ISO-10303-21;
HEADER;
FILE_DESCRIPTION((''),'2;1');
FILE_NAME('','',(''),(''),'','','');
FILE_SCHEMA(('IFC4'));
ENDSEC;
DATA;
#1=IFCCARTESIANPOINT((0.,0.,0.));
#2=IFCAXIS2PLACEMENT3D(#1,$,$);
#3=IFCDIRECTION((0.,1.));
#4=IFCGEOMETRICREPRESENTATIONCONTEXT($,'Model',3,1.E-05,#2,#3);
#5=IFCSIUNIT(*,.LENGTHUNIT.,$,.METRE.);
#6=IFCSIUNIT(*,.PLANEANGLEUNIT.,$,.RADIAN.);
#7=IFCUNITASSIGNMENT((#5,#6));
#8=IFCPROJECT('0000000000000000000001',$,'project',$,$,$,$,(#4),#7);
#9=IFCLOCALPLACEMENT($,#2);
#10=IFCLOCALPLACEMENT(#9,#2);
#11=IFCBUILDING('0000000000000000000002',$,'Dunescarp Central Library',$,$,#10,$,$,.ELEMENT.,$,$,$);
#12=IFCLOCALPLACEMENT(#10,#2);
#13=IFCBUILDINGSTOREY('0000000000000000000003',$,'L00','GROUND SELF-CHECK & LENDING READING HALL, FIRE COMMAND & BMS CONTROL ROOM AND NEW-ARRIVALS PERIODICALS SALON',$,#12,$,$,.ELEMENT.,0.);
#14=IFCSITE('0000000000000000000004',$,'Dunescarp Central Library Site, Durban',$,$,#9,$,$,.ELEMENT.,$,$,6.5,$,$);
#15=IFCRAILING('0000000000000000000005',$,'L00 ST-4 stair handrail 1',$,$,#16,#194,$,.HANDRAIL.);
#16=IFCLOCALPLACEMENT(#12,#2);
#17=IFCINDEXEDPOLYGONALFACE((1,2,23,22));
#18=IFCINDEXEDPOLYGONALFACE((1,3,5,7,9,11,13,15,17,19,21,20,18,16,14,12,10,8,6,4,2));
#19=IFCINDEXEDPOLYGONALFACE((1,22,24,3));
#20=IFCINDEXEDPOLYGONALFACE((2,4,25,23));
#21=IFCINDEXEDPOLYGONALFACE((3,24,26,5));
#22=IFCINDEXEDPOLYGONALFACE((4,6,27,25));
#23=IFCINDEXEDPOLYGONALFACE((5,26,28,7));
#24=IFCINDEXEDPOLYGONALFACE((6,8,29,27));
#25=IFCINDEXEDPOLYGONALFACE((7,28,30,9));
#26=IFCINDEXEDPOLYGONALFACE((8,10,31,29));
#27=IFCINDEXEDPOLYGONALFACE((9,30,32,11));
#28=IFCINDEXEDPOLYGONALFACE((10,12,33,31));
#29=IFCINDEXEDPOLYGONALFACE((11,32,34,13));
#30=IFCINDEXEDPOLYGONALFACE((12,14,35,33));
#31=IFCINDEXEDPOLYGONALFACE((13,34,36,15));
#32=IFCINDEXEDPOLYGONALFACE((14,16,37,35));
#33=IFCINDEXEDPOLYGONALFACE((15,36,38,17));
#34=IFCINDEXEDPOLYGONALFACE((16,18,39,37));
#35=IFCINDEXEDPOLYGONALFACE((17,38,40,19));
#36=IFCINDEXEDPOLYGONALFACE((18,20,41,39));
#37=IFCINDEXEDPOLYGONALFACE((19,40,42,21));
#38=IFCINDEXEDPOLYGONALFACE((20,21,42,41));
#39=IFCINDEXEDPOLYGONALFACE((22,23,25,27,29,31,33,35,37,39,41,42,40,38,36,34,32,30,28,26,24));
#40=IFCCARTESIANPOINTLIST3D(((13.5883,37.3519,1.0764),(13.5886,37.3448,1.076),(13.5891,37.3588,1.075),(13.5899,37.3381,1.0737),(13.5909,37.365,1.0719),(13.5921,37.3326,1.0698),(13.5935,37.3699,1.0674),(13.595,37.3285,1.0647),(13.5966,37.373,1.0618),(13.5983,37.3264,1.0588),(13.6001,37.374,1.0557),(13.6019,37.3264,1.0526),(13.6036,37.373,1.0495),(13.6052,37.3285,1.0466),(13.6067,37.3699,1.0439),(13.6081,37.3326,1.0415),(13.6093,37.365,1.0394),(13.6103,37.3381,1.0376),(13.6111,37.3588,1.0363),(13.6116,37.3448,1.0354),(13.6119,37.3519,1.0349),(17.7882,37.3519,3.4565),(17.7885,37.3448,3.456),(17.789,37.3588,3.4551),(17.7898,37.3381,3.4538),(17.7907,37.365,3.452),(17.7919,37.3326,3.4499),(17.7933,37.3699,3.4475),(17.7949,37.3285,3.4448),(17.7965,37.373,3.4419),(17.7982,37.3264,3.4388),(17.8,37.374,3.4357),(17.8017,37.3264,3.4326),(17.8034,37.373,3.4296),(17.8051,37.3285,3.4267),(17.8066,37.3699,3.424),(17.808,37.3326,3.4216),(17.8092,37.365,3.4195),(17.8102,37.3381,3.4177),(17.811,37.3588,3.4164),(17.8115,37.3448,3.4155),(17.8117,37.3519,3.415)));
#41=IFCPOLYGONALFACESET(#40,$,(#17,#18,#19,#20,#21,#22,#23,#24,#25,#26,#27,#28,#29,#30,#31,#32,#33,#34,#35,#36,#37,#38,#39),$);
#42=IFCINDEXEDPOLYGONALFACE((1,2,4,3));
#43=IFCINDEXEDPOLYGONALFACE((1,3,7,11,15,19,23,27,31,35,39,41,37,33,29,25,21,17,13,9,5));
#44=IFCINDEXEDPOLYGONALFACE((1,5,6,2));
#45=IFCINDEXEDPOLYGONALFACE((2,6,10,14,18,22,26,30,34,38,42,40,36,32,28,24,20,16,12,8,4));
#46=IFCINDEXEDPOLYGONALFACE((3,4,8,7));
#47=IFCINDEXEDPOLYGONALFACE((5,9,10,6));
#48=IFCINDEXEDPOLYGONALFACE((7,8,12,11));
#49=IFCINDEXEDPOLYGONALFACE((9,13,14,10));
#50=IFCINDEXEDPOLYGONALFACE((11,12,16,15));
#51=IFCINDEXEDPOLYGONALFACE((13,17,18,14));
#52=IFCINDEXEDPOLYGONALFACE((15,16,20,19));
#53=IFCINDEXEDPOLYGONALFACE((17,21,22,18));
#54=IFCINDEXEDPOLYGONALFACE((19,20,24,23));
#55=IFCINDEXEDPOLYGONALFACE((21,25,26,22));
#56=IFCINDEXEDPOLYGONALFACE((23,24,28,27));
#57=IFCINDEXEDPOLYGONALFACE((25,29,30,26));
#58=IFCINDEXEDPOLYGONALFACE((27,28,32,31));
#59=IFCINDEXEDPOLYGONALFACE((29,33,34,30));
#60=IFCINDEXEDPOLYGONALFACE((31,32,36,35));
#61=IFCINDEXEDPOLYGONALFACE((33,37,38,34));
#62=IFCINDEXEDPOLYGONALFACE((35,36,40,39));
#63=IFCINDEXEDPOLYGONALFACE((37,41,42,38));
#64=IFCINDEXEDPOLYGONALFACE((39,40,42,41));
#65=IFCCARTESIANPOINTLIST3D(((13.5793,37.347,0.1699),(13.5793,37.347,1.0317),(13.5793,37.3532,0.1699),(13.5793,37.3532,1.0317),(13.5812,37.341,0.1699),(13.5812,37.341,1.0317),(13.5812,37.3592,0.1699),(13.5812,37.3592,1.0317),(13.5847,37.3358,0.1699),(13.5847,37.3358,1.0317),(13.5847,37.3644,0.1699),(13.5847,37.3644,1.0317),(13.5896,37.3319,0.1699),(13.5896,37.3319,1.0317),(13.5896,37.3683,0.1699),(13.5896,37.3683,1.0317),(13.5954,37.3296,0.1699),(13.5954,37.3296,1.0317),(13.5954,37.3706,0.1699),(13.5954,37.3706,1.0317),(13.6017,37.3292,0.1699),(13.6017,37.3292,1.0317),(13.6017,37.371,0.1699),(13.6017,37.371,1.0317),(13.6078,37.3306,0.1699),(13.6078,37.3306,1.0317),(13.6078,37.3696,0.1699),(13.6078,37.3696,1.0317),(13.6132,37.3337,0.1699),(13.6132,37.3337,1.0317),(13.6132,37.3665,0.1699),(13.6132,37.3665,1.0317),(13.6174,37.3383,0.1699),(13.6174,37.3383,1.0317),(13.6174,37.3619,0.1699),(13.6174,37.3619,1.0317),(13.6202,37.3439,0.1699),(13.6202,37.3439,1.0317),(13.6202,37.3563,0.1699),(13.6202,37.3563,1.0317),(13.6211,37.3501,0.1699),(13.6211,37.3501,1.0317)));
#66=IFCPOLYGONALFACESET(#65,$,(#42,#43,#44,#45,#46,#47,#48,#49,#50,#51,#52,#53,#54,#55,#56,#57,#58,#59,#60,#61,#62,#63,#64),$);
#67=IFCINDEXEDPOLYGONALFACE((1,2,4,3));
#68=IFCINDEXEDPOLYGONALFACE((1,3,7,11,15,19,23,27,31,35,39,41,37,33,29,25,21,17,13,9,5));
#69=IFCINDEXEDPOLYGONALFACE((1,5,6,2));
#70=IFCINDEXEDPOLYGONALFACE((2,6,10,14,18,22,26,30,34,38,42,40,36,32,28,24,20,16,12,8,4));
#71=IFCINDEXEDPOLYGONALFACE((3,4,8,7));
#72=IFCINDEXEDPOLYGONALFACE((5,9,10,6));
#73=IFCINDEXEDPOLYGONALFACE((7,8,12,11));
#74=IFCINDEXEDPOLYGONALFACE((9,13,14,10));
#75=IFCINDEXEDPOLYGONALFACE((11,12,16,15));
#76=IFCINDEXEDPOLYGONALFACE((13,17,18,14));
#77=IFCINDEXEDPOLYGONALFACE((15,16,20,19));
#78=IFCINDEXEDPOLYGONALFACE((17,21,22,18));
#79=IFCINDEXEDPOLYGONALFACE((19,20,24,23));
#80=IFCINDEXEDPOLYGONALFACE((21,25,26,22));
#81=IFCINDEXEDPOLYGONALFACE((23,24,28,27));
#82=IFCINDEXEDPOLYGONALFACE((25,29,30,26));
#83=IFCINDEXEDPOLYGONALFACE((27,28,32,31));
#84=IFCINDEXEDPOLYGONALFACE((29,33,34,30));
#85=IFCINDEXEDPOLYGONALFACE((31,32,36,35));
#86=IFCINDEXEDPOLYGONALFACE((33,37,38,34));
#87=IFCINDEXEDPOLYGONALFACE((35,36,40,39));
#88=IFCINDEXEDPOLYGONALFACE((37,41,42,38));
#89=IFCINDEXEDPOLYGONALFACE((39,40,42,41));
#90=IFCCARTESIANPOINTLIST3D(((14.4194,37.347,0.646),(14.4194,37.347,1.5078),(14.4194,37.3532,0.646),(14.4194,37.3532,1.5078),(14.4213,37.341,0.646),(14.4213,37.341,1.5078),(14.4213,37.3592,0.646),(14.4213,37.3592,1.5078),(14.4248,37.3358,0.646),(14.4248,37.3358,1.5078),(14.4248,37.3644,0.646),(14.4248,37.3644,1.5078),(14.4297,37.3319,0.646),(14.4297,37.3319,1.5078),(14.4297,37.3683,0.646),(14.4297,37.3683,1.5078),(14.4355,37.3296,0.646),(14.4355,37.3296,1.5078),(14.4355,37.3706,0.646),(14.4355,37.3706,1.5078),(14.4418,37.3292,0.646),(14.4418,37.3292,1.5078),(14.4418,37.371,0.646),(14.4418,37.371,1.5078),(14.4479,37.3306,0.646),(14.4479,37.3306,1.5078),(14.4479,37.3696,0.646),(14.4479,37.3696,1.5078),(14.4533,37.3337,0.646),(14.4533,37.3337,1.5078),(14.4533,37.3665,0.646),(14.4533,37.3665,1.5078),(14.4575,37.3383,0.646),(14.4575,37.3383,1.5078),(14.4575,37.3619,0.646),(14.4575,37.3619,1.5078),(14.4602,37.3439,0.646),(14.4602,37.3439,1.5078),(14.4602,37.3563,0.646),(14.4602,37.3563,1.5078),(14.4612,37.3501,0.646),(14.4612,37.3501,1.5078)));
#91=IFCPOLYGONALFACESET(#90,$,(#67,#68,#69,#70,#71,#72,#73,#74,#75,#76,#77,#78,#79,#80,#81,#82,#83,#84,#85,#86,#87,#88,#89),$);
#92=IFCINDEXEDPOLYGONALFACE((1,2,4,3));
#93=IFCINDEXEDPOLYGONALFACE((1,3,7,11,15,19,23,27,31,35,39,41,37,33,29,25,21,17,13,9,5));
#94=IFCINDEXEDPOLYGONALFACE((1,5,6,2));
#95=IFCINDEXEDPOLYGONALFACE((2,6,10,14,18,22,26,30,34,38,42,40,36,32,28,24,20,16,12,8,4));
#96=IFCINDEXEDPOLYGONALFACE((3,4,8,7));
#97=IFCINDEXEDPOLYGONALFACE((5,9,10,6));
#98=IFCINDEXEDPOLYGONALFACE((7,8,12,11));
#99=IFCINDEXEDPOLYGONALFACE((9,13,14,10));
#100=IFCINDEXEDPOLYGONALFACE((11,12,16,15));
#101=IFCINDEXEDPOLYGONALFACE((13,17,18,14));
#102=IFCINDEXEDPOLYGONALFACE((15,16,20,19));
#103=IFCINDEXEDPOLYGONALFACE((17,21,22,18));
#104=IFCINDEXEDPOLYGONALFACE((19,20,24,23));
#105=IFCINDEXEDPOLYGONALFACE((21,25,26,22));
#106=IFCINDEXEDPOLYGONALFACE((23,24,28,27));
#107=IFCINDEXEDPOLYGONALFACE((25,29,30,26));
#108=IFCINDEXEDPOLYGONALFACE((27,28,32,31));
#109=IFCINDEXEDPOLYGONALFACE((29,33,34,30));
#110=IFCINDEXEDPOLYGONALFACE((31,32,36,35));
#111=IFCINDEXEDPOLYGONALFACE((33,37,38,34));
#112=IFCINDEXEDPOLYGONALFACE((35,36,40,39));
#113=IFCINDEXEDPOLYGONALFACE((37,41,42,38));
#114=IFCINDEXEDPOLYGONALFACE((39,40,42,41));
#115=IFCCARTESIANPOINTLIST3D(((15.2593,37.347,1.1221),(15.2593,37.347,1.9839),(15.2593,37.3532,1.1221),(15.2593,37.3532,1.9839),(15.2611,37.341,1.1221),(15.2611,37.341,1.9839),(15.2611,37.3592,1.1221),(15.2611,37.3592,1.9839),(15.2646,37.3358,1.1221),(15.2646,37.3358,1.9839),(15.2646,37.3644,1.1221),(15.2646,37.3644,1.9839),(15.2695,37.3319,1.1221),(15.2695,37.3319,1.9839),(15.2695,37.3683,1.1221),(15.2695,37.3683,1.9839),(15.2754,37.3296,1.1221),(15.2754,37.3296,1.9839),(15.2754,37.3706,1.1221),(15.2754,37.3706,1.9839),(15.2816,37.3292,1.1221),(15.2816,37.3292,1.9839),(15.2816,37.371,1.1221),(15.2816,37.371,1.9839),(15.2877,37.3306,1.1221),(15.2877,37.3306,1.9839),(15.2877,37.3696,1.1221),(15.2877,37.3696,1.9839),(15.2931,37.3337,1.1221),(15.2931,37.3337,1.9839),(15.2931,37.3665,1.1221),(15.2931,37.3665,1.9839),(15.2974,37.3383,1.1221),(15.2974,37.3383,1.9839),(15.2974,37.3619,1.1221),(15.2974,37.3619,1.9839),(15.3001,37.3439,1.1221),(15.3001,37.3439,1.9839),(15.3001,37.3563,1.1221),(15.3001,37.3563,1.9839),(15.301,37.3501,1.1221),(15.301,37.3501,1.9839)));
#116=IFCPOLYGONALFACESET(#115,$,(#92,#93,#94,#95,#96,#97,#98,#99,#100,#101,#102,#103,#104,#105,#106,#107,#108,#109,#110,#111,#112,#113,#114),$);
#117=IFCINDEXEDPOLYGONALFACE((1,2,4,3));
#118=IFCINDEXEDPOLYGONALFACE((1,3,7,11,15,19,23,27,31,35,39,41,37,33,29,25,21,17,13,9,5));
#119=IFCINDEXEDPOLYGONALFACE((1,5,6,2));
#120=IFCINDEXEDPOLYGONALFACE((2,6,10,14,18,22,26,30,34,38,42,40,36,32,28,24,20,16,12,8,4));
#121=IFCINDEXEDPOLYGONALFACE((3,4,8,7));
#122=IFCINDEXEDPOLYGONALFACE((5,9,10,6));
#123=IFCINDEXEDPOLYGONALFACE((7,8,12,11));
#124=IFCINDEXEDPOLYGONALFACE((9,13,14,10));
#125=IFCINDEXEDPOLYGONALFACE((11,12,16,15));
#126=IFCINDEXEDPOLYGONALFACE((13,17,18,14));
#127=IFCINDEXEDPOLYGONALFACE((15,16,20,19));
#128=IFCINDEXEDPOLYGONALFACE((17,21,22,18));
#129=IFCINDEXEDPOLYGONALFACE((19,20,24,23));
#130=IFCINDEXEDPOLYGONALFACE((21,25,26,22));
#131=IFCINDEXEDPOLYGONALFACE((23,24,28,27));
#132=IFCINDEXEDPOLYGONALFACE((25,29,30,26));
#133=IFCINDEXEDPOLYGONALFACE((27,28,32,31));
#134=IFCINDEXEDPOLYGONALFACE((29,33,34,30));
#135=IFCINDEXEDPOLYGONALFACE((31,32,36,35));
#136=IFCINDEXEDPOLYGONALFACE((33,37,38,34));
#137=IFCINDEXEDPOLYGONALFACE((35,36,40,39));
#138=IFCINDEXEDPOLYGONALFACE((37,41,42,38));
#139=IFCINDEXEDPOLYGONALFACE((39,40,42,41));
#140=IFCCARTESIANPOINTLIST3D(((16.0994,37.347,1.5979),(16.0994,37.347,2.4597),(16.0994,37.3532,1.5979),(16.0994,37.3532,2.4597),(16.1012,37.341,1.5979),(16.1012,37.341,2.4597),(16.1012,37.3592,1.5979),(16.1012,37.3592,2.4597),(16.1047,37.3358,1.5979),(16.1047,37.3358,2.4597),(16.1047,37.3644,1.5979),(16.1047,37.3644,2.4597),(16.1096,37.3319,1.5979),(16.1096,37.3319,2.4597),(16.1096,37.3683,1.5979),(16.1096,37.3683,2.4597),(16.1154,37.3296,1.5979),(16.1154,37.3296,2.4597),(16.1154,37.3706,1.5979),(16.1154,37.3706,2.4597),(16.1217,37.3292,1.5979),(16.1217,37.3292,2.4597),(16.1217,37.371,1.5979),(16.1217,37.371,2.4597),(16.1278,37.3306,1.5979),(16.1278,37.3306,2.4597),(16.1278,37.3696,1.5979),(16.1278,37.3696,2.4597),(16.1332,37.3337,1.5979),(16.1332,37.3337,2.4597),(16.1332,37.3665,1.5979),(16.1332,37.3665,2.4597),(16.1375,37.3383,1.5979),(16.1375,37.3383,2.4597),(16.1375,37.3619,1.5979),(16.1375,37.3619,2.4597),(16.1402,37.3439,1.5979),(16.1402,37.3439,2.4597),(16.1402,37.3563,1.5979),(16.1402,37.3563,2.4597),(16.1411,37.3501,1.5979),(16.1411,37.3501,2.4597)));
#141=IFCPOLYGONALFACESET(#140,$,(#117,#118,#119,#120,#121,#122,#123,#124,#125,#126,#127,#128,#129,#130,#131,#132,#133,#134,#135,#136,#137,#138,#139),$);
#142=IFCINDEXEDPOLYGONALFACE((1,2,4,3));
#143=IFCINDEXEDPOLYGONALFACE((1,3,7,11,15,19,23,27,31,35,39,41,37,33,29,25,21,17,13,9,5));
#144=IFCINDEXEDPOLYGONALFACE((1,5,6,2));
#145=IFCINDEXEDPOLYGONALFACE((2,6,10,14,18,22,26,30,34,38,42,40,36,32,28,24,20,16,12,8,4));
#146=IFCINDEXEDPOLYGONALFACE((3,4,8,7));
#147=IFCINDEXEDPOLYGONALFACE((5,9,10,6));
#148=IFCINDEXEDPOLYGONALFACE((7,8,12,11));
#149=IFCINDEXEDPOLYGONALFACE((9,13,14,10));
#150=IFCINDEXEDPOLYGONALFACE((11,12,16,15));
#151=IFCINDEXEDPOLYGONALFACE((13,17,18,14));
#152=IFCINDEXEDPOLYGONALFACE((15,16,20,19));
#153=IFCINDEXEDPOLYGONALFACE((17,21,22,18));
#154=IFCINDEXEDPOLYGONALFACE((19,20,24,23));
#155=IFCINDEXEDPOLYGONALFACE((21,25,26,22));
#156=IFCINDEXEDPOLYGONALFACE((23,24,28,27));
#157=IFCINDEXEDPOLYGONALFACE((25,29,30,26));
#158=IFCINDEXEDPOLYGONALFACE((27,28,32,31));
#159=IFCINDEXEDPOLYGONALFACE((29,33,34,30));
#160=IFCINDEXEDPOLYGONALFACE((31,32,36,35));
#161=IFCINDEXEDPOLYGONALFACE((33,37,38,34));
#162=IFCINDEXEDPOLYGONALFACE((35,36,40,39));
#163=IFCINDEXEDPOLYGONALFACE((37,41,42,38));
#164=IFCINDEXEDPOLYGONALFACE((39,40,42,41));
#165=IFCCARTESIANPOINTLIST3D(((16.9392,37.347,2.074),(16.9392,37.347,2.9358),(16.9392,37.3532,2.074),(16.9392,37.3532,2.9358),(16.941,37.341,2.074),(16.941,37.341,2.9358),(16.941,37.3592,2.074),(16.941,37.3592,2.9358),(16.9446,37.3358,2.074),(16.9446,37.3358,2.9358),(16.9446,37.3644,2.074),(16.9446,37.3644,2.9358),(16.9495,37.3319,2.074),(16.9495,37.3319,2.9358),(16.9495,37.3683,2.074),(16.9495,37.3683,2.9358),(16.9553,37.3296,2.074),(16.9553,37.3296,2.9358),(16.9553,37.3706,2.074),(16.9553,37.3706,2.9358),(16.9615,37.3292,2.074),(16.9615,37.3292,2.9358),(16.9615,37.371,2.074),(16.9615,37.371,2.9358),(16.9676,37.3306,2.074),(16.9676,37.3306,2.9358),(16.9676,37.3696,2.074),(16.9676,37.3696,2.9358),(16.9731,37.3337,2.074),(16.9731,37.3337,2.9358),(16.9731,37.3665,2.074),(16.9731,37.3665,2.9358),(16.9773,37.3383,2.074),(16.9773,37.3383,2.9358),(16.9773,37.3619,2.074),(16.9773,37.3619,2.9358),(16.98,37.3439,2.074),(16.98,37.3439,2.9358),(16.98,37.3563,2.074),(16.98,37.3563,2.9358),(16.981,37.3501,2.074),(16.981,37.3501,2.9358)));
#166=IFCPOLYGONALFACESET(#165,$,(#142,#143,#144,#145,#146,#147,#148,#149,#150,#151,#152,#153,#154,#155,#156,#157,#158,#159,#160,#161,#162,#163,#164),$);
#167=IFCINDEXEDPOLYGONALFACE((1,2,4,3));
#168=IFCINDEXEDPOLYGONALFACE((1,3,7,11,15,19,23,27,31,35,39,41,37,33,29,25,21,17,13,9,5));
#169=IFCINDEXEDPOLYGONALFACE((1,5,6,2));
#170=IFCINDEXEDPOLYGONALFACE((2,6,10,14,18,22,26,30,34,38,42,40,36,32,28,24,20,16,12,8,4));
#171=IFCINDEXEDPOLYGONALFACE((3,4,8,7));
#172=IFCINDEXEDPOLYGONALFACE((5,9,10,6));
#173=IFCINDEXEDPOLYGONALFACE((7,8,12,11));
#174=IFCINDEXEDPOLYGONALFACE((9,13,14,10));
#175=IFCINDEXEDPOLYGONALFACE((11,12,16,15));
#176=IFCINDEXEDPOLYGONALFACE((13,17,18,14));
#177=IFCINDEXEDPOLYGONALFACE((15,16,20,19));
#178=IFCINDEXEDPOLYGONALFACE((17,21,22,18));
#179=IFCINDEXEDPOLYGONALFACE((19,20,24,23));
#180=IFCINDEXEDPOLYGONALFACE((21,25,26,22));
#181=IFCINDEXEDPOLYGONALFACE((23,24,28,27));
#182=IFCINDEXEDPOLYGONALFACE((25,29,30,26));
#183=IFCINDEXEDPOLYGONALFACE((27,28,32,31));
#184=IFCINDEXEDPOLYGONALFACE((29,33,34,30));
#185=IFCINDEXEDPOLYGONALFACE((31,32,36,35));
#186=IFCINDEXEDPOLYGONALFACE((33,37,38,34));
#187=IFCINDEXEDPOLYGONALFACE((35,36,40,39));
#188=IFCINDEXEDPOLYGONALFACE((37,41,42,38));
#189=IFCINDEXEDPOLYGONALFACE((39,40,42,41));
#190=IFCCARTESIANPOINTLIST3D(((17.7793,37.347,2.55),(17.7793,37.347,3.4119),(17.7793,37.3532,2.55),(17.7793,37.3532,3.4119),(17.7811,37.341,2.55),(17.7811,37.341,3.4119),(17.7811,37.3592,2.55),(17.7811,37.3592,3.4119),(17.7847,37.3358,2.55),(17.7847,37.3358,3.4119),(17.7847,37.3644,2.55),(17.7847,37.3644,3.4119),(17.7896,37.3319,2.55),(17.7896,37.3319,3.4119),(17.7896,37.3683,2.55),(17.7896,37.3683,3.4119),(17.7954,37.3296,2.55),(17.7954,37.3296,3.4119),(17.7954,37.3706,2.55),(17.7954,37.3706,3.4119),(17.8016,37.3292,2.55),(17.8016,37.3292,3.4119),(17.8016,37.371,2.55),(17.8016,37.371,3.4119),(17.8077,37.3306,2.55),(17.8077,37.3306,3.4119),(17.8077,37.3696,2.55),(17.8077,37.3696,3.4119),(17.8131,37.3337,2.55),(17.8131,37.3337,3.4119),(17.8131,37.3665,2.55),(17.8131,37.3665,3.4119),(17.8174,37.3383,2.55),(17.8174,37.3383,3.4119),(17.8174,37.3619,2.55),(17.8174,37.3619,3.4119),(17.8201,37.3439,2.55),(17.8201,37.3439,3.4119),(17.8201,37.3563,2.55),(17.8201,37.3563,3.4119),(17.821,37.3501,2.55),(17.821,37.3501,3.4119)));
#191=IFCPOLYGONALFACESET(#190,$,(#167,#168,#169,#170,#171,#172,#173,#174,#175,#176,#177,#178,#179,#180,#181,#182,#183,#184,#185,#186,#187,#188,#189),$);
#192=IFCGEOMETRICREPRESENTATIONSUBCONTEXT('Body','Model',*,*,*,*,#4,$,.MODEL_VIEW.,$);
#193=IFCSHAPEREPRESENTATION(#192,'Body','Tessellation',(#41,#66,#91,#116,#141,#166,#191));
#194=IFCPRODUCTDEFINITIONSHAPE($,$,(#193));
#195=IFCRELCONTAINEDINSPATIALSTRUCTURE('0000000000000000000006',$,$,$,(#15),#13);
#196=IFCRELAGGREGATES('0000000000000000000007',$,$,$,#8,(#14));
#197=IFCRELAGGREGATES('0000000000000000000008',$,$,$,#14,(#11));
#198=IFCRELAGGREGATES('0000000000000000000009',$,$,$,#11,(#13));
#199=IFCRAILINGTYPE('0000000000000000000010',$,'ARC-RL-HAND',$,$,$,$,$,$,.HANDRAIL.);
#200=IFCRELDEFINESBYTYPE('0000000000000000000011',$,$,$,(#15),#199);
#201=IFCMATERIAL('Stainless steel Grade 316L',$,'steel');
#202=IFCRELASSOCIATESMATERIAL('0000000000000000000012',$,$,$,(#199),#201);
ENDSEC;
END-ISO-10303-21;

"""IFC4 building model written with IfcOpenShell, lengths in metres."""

from ifc_helpers import new_model, si_unit, direction, frame, origin, origin_2d, place, context, subcontext, project, spatial, circle, extrude, material, type_object, element, save


model = new_model("IFC4")

# Units and contexts
model_context = context("Model", 3, precision=1e-05, world=origin(), true_north=direction((0.0, 1.0)))
body_context = subcontext(model_context, "Body", "Model", "MODEL_VIEW")
ifc_project = project(units=[si_unit("LENGTHUNIT", "METRE"), si_unit("PLANEANGLEUNIT", "RADIAN")], contexts=[model_context])

# Site, building, storey
site_placement = place(None, origin())
site = spatial("IfcSite", under=ifc_project, at=site_placement, Name="Dunescarp Central Library Site, Durban", CompositionType="ELEMENT", RefElevation=6.5)
building_placement = place(site_placement, origin())
building = spatial("IfcBuilding", under=site, at=building_placement, Name="Dunescarp Central Library", CompositionType="ELEMENT")
storey_placement = place(building_placement, origin())
storey = spatial("IfcBuildingStorey", under=building, at=storey_placement, Name="L00", Description="GROUND SELF-CHECK & LENDING READING HALL, FIRE COMMAND & BMS CONTROL ROOM AND NEW-ARRIVALS PERIODICALS SALON", CompositionType="ELEMENT", Elevation=0.0)

# Railing
ifc_material_1 = material(Name="Stainless steel Grade 316L", Category="steel")
railing_type_1 = type_object("IfcRailingType", Name="ARC-RL-HAND", PredefinedType="HANDRAIL", material=ifc_material_1)
railing_1_placement = place(storey_placement, frame((13.6001, 37.3501, 0.1699)))
element("IfcRailing", 1, at=railing_1_placement, inside=storey, type_object=railing_type_1, Name="L00 ST-4 stair handrail 1", PredefinedType="HANDRAIL", context=body_context, shape_type="SweptSolid", body=[
    extrude(circle(Radius=0.0239, at=origin_2d()), frame((0.0, 0.0, 0.8857), z_axis=(0.870008, 0.0, 0.493037), x_axis=(0.0, 1.0, 0.0)), (0.0, 0.0, 1.0), 4.8274),
    extrude(circle(Radius=0.021, at=origin_2d()), origin(), (0.0, 0.0, 1.0), 0.8618),
    extrude(circle(Radius=0.021, at=origin_2d()), frame((0.8401, 0.0, 0.4761)), (0.0, 0.0, 1.0), 0.8618),
    extrude(circle(Radius=0.021, at=origin_2d()), frame((1.6799, 0.0, 0.9521)), (0.0, 0.0, 1.0), 0.8618),
    extrude(circle(Radius=0.021, at=origin_2d()), frame((2.52, 0.0, 1.428)), (0.0, 0.0, 1.0), 0.8618),
    extrude(circle(Radius=0.021, at=origin_2d()), frame((3.3599, 0.0, 1.9041)), (0.0, 0.0, 1.0), 0.8618),
    extrude(circle(Radius=0.021, at=origin_2d()), frame((4.2, 0.0, 2.3801)), (0.0, 0.0, 1.0), 0.8618),
])

save(model, "model.ifc")
